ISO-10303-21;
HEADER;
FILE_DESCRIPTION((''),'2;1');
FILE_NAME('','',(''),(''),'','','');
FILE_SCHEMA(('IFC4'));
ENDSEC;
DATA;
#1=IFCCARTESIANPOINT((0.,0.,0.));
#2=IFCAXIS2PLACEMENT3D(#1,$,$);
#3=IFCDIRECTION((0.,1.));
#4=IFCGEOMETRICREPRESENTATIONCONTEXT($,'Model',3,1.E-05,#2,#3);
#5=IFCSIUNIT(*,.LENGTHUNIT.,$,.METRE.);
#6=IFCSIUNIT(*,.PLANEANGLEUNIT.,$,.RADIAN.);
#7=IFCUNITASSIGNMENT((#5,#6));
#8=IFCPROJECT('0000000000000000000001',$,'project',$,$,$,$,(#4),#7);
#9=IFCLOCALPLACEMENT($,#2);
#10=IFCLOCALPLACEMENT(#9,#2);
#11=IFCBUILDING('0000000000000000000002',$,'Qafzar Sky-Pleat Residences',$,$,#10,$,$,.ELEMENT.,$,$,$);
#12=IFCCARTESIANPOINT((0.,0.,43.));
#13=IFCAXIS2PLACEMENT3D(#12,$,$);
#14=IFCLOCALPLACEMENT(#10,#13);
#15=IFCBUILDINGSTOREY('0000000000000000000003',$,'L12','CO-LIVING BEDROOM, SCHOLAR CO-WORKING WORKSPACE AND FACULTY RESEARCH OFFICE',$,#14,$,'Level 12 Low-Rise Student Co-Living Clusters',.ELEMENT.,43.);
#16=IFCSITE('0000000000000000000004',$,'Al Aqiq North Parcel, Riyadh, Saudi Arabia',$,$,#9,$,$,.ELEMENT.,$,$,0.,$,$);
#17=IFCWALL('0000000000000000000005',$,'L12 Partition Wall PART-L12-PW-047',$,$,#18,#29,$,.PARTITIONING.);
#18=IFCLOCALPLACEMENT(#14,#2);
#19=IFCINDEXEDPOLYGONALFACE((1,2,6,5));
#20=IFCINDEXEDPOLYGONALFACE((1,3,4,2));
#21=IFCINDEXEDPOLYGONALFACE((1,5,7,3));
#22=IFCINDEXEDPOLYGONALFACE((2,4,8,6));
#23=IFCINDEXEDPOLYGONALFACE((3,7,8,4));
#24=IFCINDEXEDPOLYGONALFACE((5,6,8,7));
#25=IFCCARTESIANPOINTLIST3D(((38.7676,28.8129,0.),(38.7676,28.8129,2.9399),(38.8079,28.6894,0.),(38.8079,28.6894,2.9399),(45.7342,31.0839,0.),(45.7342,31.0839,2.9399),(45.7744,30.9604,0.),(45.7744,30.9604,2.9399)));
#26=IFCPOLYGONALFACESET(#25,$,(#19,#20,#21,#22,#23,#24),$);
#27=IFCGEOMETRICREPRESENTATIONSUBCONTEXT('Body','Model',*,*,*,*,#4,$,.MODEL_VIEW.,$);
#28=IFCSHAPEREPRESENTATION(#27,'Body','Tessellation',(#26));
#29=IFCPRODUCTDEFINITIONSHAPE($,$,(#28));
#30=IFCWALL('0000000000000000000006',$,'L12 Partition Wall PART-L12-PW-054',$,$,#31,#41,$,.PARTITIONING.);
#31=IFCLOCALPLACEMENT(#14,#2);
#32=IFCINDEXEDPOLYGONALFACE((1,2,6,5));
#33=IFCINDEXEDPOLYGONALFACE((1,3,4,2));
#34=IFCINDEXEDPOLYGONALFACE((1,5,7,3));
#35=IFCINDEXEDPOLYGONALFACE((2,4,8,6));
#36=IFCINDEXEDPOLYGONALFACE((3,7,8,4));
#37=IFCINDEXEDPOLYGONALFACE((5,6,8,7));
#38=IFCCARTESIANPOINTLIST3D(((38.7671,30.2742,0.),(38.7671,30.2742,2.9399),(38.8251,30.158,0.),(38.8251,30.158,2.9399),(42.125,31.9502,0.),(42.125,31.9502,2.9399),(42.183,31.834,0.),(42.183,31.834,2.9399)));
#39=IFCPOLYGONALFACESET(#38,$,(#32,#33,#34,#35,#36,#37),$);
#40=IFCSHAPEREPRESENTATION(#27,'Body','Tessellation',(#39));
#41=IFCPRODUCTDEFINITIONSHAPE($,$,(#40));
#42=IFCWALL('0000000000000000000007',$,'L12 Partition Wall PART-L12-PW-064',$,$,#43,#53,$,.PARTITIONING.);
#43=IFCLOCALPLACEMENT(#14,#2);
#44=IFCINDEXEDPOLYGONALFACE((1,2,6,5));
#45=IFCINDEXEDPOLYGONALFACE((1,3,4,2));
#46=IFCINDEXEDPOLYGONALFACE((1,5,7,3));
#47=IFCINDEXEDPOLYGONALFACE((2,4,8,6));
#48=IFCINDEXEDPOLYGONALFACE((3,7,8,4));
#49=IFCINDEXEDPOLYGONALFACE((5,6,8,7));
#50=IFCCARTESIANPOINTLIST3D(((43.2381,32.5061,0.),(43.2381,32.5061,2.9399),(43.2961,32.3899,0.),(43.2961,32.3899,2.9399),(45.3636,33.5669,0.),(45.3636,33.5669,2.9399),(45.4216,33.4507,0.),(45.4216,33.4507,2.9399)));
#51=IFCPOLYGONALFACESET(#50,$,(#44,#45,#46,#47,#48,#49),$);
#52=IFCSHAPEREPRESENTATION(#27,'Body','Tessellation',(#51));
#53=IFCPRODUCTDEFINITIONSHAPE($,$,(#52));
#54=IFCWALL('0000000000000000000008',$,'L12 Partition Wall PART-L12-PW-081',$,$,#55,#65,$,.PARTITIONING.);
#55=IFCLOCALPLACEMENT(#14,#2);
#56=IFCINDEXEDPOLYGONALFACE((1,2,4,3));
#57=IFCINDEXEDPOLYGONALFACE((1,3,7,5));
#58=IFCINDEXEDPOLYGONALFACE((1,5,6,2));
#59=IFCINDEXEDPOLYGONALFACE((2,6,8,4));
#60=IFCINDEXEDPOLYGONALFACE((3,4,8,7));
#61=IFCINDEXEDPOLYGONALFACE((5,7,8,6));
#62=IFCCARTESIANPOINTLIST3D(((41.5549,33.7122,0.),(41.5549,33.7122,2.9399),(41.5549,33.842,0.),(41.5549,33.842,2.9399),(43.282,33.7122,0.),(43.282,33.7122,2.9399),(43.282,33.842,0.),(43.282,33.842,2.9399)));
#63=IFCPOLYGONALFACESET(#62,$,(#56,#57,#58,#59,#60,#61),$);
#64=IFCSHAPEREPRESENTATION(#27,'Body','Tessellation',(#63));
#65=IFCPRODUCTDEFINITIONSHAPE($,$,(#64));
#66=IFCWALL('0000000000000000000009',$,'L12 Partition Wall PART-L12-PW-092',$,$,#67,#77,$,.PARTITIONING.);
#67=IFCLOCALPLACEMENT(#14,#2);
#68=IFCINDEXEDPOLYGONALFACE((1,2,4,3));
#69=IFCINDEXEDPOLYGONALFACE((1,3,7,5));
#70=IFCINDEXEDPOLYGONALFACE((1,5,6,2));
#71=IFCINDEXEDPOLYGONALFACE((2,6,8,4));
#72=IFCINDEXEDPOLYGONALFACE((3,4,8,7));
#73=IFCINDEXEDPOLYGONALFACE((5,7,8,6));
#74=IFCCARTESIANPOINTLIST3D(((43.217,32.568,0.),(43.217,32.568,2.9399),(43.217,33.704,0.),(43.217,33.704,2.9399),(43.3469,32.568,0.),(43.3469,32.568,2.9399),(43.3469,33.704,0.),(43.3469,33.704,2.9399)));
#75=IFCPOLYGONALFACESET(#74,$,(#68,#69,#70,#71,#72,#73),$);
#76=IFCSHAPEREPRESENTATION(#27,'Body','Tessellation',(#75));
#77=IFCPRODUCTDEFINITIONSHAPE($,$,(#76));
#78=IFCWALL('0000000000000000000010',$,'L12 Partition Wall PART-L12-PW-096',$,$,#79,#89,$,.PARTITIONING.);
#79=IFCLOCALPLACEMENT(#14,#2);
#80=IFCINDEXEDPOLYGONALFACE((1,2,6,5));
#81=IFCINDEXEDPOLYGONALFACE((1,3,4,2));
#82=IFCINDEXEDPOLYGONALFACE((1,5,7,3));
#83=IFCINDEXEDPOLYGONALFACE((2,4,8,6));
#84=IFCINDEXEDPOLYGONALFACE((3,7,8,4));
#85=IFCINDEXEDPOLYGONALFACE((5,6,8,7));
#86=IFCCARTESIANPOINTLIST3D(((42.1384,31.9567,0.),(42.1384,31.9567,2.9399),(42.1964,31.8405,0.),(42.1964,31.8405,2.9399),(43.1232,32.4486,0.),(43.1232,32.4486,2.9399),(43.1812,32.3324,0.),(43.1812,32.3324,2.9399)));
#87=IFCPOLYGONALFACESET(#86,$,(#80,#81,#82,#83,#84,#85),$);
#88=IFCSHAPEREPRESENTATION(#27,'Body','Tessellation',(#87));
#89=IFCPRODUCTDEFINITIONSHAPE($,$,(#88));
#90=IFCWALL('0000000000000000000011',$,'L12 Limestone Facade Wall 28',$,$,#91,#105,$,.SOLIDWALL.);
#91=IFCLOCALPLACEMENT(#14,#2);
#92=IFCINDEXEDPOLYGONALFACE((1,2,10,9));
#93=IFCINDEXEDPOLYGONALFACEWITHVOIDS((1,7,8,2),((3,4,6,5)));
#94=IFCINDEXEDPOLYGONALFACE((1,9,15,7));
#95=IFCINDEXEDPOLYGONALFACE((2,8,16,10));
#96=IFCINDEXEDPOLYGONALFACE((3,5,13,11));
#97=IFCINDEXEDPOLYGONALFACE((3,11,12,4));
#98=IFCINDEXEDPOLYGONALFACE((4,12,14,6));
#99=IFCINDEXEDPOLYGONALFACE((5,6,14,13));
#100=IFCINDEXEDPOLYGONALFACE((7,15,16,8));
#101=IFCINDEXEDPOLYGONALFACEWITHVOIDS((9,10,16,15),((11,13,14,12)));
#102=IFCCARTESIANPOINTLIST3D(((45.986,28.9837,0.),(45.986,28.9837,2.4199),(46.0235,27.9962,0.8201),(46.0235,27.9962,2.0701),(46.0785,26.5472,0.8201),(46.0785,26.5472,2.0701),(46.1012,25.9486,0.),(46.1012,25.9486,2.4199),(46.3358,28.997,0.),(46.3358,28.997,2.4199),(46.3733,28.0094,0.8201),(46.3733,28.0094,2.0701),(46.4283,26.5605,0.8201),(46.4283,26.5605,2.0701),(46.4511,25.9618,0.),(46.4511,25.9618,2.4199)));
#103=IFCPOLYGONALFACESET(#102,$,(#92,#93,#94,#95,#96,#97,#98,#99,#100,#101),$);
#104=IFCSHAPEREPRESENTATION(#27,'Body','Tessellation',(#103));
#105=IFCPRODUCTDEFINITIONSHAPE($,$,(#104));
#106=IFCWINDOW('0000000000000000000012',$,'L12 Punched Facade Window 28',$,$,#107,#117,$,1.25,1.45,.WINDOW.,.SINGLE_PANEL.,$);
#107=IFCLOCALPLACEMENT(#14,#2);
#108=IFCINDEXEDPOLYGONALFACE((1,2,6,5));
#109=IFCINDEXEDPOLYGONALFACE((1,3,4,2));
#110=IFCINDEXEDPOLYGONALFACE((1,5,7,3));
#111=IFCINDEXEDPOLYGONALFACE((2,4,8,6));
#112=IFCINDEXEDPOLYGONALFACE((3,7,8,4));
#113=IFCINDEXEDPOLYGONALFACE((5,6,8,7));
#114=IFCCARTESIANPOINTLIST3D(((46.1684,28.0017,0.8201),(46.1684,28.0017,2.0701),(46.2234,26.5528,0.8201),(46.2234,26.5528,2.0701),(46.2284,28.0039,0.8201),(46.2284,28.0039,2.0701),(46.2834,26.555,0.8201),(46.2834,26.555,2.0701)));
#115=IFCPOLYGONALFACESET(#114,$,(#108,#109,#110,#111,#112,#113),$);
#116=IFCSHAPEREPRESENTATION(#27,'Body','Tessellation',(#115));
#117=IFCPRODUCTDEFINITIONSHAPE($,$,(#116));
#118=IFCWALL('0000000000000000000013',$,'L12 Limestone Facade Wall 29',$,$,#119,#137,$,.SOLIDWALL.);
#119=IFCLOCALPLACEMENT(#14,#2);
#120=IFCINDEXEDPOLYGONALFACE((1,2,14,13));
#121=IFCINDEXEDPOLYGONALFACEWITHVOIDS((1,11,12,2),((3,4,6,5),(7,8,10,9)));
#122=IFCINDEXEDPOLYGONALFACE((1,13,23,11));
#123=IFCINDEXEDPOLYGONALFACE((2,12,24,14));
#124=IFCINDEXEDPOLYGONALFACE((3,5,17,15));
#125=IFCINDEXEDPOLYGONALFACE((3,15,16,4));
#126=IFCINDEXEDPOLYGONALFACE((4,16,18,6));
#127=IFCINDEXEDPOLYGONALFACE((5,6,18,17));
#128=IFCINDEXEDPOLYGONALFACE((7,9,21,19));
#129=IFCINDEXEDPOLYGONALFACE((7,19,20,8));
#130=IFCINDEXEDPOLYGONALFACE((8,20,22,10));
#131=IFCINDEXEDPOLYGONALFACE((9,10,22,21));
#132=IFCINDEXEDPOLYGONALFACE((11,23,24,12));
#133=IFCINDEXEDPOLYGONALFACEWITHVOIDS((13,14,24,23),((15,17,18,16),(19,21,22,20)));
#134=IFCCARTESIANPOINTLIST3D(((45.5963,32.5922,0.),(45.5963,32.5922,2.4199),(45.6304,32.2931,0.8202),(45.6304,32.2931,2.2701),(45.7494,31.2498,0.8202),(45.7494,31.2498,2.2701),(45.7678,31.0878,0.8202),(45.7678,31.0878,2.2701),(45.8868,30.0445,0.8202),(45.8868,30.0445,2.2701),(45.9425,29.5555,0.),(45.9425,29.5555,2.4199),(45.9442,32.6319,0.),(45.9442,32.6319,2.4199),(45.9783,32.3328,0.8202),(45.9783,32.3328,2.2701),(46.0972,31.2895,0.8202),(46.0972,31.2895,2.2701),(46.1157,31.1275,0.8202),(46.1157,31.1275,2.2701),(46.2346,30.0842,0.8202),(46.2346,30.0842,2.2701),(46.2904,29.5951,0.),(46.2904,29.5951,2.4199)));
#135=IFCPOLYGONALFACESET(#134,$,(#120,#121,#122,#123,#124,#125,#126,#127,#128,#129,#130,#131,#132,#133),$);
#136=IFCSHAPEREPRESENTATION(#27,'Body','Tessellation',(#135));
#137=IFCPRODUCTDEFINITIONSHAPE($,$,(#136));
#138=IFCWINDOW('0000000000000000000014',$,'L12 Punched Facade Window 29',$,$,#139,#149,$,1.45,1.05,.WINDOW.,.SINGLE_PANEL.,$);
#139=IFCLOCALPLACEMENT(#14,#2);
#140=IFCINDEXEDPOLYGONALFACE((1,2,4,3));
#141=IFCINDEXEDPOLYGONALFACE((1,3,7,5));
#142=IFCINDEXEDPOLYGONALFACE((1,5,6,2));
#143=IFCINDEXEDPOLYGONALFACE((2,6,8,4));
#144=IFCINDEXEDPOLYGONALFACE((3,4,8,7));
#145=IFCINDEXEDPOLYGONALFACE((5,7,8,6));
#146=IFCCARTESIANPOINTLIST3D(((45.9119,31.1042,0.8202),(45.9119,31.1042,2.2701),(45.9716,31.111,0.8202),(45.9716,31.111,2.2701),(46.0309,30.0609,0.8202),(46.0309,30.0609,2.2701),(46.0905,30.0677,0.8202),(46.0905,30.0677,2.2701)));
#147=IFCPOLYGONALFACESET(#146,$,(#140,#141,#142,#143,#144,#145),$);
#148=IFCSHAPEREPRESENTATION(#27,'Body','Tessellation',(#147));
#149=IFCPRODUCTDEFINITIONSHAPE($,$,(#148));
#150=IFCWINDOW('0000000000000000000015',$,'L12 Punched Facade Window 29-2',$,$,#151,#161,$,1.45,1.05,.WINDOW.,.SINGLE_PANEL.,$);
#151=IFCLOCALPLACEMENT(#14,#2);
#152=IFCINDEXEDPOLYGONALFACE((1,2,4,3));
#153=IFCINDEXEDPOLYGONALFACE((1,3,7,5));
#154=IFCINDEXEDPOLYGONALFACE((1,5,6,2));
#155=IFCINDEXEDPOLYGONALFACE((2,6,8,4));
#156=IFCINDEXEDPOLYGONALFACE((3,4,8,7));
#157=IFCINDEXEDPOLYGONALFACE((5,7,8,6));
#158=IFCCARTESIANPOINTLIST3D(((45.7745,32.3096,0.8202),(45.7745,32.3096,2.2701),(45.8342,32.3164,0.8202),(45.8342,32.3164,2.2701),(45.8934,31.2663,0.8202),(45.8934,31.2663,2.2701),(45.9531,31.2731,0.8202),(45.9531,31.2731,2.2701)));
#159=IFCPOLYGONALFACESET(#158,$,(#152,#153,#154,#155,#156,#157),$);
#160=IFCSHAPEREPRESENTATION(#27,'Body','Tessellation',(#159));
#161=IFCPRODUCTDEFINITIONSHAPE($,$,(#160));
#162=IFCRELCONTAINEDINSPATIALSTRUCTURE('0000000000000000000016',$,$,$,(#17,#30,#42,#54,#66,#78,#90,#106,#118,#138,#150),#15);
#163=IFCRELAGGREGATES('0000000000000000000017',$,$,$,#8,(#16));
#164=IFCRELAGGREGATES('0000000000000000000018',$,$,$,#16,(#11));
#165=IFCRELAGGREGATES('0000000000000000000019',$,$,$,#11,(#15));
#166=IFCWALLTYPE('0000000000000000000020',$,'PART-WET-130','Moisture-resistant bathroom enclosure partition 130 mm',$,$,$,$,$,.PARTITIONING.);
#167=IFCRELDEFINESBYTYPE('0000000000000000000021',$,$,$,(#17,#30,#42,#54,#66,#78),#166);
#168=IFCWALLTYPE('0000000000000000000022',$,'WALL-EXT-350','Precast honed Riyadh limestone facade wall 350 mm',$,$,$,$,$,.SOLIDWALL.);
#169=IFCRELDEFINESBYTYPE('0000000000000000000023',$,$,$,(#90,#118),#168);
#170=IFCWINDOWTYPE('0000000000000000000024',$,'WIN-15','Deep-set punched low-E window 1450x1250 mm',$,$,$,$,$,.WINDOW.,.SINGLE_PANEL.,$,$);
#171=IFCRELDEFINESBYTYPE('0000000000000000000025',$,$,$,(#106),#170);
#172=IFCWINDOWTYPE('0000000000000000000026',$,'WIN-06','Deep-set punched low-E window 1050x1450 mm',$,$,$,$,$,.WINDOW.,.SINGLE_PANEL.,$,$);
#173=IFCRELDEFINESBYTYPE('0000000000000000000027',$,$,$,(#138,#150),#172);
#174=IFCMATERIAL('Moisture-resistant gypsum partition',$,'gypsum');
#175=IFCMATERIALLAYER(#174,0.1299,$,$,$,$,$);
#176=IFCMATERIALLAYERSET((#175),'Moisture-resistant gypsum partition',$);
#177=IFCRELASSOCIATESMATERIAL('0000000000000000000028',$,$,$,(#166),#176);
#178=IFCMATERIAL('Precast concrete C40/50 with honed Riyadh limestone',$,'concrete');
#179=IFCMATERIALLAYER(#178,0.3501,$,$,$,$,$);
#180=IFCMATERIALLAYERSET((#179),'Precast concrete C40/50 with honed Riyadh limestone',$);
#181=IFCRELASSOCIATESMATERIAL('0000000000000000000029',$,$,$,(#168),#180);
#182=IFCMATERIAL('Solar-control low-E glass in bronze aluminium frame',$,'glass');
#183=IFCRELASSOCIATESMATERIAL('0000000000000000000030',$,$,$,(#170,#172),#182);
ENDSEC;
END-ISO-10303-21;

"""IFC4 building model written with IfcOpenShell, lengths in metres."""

from ifc_helpers import new_model, si_unit, direction, frame, frame_2d, origin, place, context, subcontext, project, spatial, rectangle, extrude, source, transform, mapped, material, layer, layer_set, type_object, element, fill, save


model = new_model("IFC4")

# Units and contexts
model_context = context("Model", 3, precision=1e-05, world=origin(), true_north=direction((0.0, 1.0)))
body_context = subcontext(model_context, "Body", "Model", "MODEL_VIEW")
ifc_project = project(units=[si_unit("LENGTHUNIT", "METRE"), si_unit("PLANEANGLEUNIT", "RADIAN")], contexts=[model_context])

# Site, building, storey
site_placement = place(None, origin())
site = spatial("IfcSite", under=ifc_project, at=site_placement, Name="Al Aqiq North Parcel, Riyadh, Saudi Arabia", CompositionType="ELEMENT", RefElevation=0.0)
building_placement = place(site_placement, origin())
building = spatial("IfcBuilding", under=site, at=building_placement, Name="Qafzar Sky-Pleat Residences", CompositionType="ELEMENT")
storey_placement = place(building_placement, frame((0.0, 0.0, 43.0)))
storey = spatial("IfcBuildingStorey", under=building, at=storey_placement, Name="L12", Description="CO-LIVING BEDROOM, SCHOLAR CO-WORKING WORKSPACE AND FACULTY RESEARCH OFFICE", LongName="Level 12 Low-Rise Student Co-Living Clusters", CompositionType="ELEMENT", Elevation=43.0)

# Shared definitions
ifc_material_1 = material(Name="Moisture-resistant gypsum partition", Category="gypsum")
ifc_layer_1 = layer(ifc_material_1, 0.1299)
ifc_layer_set_1 = layer_set([ifc_layer_1], Name="Moisture-resistant gypsum partition")
wall_type_1 = type_object("IfcWallType", Name="PART-WET-130", Description="Moisture-resistant bathroom enclosure partition 130 mm", PredefinedType="PARTITIONING", material=ifc_layer_set_1)

# Walls
wall_1_placement = place(storey_placement, frame((38.7878, 28.7512, 0.0), z_axis=(0.0, 0.0, 1.0), x_axis=(0.950758, 0.309934, 0.0)))
element("IfcWall", 1, at=wall_1_placement, inside=storey, type_object=wall_type_1, Name="L12 Partition Wall PART-L12-PW-047", PredefinedType="PARTITIONING", context=body_context, shape_type="SweptSolid", body=[
    extrude(rectangle(XDim=7.3274, YDim=0.1299, at=frame_2d((3.6636, 0.0))), origin(), (0.0, 0.0, 1.0), 2.9399),
])
wall_2_placement = place(storey_placement, frame((38.7961, 30.2161, 0.0), z_axis=(0.0, 0.0, 1.0), x_axis=(0.894739, 0.446589, 0.0)))
element("IfcWall", 2, at=wall_2_placement, inside=storey, type_object=wall_type_1, Name="L12 Partition Wall PART-L12-PW-054", PredefinedType="PARTITIONING", context=body_context, shape_type="SweptSolid", body=[
    extrude(rectangle(XDim=3.7529, YDim=0.1299, at=frame_2d((1.8765, 0.0))), origin(), (0.0, 0.0, 1.0), 2.9399),
])
wall_3_placement = place(storey_placement, frame((43.2671, 32.448, 0.0), z_axis=(0.0, 0.0, 1.0), x_axis=(0.894756, 0.446556, 0.0)))
element("IfcWall", 3, at=wall_3_placement, inside=storey, type_object=wall_type_1, Name="L12 Partition Wall PART-L12-PW-064", PredefinedType="PARTITIONING", context=body_context, shape_type="SweptSolid", body=[
    extrude(rectangle(XDim=2.3755, YDim=0.1299, at=frame_2d((1.1877, 0.0))), origin(), (0.0, 0.0, 1.0), 2.9399),
])
wall_4_placement = place(storey_placement, frame((41.5549, 33.7771, 0.0), z_axis=(0.0, 0.0, 1.0), x_axis=(1.0, 0.0, 0.0)))
element("IfcWall", 4, at=wall_4_placement, inside=storey, type_object=wall_type_1, Name="L12 Partition Wall PART-L12-PW-081", PredefinedType="PARTITIONING", context=body_context, shape_type="SweptSolid", body=[
    extrude(rectangle(XDim=1.7271, YDim=0.1299, at=frame_2d((0.8635, 0.0))), origin(), (0.0, 0.0, 1.0), 2.9399),
])
wall_5_placement = place(storey_placement, frame((43.282, 32.5681, 0.0), z_axis=(0.0, 0.0, 1.0), x_axis=(0.0, 1.0, 0.0)))
element("IfcWall", 5, at=wall_5_placement, inside=storey, type_object=wall_type_1, Name="L12 Partition Wall PART-L12-PW-092", PredefinedType="PARTITIONING", context=body_context, shape_type="SweptSolid", body=[
    extrude(rectangle(XDim=1.136, YDim=0.1299, at=frame_2d((0.5679, 0.0))), origin(), (0.0, 0.0, 1.0), 2.9399),
])
wall_6_placement = place(storey_placement, frame((42.1675, 31.8987, 0.0), z_axis=(0.0, 0.0, 1.0), x_axis=(0.894605, 0.446859, 0.0)))
element("IfcWall", 6, at=wall_6_placement, inside=storey, type_object=wall_type_1, Name="L12 Partition Wall PART-L12-PW-096", PredefinedType="PARTITIONING", context=body_context, shape_type="SweptSolid", body=[
    extrude(rectangle(XDim=1.1008, YDim=0.1299, at=frame_2d((0.5503, 0.0))), origin(), (0.0, 0.0, 1.0), 2.9399),
])

# Wall, opening, window
ifc_material_2 = material(Name="Precast concrete C40/50 with honed Riyadh limestone", Category="concrete")
ifc_layer_2 = layer(ifc_material_2, 0.3501)
ifc_layer_set_2 = layer_set([ifc_layer_2], Name="Precast concrete C40/50 with honed Riyadh limestone")
wall_type_2 = type_object("IfcWallType", Name="WALL-EXT-350", Description="Precast honed Riyadh limestone facade wall 350 mm", PredefinedType="SOLIDWALL", material=ifc_layer_set_2)
wall_7_placement = place(storey_placement, frame((46.2761, 25.9553, 0.0), z_axis=(0.0, 0.0, 1.0), x_axis=(-0.037939, 0.99928, 0.0)))
wall_7 = element("IfcWall", 7, at=wall_7_placement, inside=storey, type_object=wall_type_2, Name="L12 Limestone Facade Wall 28", PredefinedType="SOLIDWALL", context=body_context, shape_type="SweptSolid", body=[
    extrude(rectangle(XDim=3.0374, YDim=0.3501, at=frame_2d((1.5186, 0.0))), origin(), (0.0, 0.0, 1.0), 2.4199),
])
opening_1_placement = place(wall_7_placement, frame((0.5989, 0.0, 0.8201)))
opening_1 = element("IfcOpeningElement", 8, at=opening_1_placement, cuts=wall_7, PredefinedType="OPENING", context=body_context, shape_type="SweptSolid", body=[
    extrude(rectangle(XDim=1.45, YDim=1.25, at=frame_2d((0.7251, 0.625))), frame((0.0, 0.1851, 0.0), z_axis=(0.0, -1.0, 0.0), x_axis=(1.0, 0.0, 0.0)), (0.0, 0.0, 1.0), 0.3701),
])
ifc_material_3 = material(Name="Solar-control low-E glass in bronze aluminium frame", Category="glass")
window_type_1 = type_object("IfcWindowType", Name="WIN-15", Description="Deep-set punched low-E window 1450x1250 mm", PartitioningType="SINGLE_PANEL", PredefinedType="WINDOW", material=ifc_material_3)
shared_shape_1 = source(origin(), body_context, "Body", "SweptSolid", [
    extrude(rectangle(XDim=1.45, YDim=1.25, at=frame_2d((0.7251, 0.625))), frame((0.0, 0.03, 0.0), z_axis=(0.0, -1.0, 0.0), x_axis=(1.0, 0.0, 0.0)), (0.0, 0.0, 1.0), 0.0601),
])
window_1_placement = place(opening_1_placement, origin())
window_1 = element("IfcWindow", 9, at=window_1_placement, inside=storey, type_object=window_type_1, Name="L12 Punched Facade Window 28", OverallHeight=1.25, OverallWidth=1.45, PartitioningType="SINGLE_PANEL", PredefinedType="WINDOW", context=body_context, shape_type="MappedRepresentation", body=[
    mapped(shared_shape_1, transform((0.0, 0.0, 0.0), x_axis=(1.0, 0.0, 0.0), y_axis=(0.0, 1.0, 0.0), z_axis=(0.0, 0.0, 1.0), scale=1.0)),
])
fill(opening_1, window_1)

# Wall, openings, windows
wall_8_placement = place(storey_placement, frame((46.1165, 29.5752, 0.0), z_axis=(0.0, 0.0, 1.0), x_axis=(-0.113272, 0.993564, 0.0)))
wall_8 = element("IfcWall", 10, at=wall_8_placement, inside=storey, type_object=wall_type_2, Name="L12 Limestone Facade Wall 29", PredefinedType="SOLIDWALL", context=body_context, shape_type="SweptSolid", body=[
    extrude(rectangle(XDim=3.0564, YDim=0.3501, at=frame_2d((1.5283, 0.0))), origin(), (0.0, 0.0, 1.0), 2.4199),
])
opening_2_placement = place(wall_8_placement, frame((0.4924, 0.0, 0.8201)))
opening_2 = element("IfcOpeningElement", 11, at=opening_2_placement, cuts=wall_8, PredefinedType="OPENING", context=body_context, shape_type="SweptSolid", body=[
    extrude(rectangle(XDim=1.05, YDim=1.45, at=frame_2d((0.5249, 0.7251))), frame((0.0, 0.1851, 0.0), z_axis=(0.0, -1.0, 0.0), x_axis=(1.0, 0.0, 0.0)), (0.0, 0.0, 1.0), 0.3701),
])
opening_3_placement = place(wall_8_placement, frame((1.7056, 0.0, 0.8201)))
opening_3 = element("IfcOpeningElement", 12, at=opening_3_placement, cuts=wall_8, PredefinedType="OPENING", context=body_context, shape_type="SweptSolid", body=[
    extrude(rectangle(XDim=1.05, YDim=1.45, at=frame_2d((0.5249, 0.7251))), frame((0.0, 0.1851, 0.0), z_axis=(0.0, -1.0, 0.0), x_axis=(1.0, 0.0, 0.0)), (0.0, 0.0, 1.0), 0.3701),
])
window_type_2 = type_object("IfcWindowType", Name="WIN-06", Description="Deep-set punched low-E window 1050x1450 mm", PartitioningType="SINGLE_PANEL", PredefinedType="WINDOW", material=ifc_material_3)
shared_shape_2 = source(origin(), body_context, "Body", "SweptSolid", [
    extrude(rectangle(XDim=1.05, YDim=1.45, at=frame_2d((0.5249, 0.7251))), frame((0.0, 0.03, 0.0), z_axis=(0.0, -1.0, 0.0), x_axis=(1.0, 0.0, 0.0)), (0.0, 0.0, 1.0), 0.0601),
])
window_2_placement = place(opening_2_placement, origin())
window_2 = element("IfcWindow", 13, at=window_2_placement, inside=storey, type_object=window_type_2, Name="L12 Punched Facade Window 29", OverallHeight=1.45, OverallWidth=1.05, PartitioningType="SINGLE_PANEL", PredefinedType="WINDOW", context=body_context, shape_type="MappedRepresentation", body=[
    mapped(shared_shape_2, transform((0.0, 0.0, 0.0), x_axis=(1.0, 0.0, 0.0), y_axis=(0.0, 1.0, 0.0), z_axis=(0.0, 0.0, 1.0), scale=1.0)),
])
fill(opening_2, window_2)
window_3_placement = place(opening_3_placement, origin())
window_3 = element("IfcWindow", 14, at=window_3_placement, inside=storey, type_object=window_type_2, Name="L12 Punched Facade Window 29-2", OverallHeight=1.45, OverallWidth=1.05, PartitioningType="SINGLE_PANEL", PredefinedType="WINDOW", context=body_context, shape_type="MappedRepresentation", body=[
    mapped(shared_shape_2, transform((0.0, 0.0, 0.0), x_axis=(1.0, 0.0, 0.0), y_axis=(0.0, 1.0, 0.0), z_axis=(0.0, 0.0, 1.0), scale=1.0)),
])
fill(opening_3, window_3)

save(model, "model.ifc")
